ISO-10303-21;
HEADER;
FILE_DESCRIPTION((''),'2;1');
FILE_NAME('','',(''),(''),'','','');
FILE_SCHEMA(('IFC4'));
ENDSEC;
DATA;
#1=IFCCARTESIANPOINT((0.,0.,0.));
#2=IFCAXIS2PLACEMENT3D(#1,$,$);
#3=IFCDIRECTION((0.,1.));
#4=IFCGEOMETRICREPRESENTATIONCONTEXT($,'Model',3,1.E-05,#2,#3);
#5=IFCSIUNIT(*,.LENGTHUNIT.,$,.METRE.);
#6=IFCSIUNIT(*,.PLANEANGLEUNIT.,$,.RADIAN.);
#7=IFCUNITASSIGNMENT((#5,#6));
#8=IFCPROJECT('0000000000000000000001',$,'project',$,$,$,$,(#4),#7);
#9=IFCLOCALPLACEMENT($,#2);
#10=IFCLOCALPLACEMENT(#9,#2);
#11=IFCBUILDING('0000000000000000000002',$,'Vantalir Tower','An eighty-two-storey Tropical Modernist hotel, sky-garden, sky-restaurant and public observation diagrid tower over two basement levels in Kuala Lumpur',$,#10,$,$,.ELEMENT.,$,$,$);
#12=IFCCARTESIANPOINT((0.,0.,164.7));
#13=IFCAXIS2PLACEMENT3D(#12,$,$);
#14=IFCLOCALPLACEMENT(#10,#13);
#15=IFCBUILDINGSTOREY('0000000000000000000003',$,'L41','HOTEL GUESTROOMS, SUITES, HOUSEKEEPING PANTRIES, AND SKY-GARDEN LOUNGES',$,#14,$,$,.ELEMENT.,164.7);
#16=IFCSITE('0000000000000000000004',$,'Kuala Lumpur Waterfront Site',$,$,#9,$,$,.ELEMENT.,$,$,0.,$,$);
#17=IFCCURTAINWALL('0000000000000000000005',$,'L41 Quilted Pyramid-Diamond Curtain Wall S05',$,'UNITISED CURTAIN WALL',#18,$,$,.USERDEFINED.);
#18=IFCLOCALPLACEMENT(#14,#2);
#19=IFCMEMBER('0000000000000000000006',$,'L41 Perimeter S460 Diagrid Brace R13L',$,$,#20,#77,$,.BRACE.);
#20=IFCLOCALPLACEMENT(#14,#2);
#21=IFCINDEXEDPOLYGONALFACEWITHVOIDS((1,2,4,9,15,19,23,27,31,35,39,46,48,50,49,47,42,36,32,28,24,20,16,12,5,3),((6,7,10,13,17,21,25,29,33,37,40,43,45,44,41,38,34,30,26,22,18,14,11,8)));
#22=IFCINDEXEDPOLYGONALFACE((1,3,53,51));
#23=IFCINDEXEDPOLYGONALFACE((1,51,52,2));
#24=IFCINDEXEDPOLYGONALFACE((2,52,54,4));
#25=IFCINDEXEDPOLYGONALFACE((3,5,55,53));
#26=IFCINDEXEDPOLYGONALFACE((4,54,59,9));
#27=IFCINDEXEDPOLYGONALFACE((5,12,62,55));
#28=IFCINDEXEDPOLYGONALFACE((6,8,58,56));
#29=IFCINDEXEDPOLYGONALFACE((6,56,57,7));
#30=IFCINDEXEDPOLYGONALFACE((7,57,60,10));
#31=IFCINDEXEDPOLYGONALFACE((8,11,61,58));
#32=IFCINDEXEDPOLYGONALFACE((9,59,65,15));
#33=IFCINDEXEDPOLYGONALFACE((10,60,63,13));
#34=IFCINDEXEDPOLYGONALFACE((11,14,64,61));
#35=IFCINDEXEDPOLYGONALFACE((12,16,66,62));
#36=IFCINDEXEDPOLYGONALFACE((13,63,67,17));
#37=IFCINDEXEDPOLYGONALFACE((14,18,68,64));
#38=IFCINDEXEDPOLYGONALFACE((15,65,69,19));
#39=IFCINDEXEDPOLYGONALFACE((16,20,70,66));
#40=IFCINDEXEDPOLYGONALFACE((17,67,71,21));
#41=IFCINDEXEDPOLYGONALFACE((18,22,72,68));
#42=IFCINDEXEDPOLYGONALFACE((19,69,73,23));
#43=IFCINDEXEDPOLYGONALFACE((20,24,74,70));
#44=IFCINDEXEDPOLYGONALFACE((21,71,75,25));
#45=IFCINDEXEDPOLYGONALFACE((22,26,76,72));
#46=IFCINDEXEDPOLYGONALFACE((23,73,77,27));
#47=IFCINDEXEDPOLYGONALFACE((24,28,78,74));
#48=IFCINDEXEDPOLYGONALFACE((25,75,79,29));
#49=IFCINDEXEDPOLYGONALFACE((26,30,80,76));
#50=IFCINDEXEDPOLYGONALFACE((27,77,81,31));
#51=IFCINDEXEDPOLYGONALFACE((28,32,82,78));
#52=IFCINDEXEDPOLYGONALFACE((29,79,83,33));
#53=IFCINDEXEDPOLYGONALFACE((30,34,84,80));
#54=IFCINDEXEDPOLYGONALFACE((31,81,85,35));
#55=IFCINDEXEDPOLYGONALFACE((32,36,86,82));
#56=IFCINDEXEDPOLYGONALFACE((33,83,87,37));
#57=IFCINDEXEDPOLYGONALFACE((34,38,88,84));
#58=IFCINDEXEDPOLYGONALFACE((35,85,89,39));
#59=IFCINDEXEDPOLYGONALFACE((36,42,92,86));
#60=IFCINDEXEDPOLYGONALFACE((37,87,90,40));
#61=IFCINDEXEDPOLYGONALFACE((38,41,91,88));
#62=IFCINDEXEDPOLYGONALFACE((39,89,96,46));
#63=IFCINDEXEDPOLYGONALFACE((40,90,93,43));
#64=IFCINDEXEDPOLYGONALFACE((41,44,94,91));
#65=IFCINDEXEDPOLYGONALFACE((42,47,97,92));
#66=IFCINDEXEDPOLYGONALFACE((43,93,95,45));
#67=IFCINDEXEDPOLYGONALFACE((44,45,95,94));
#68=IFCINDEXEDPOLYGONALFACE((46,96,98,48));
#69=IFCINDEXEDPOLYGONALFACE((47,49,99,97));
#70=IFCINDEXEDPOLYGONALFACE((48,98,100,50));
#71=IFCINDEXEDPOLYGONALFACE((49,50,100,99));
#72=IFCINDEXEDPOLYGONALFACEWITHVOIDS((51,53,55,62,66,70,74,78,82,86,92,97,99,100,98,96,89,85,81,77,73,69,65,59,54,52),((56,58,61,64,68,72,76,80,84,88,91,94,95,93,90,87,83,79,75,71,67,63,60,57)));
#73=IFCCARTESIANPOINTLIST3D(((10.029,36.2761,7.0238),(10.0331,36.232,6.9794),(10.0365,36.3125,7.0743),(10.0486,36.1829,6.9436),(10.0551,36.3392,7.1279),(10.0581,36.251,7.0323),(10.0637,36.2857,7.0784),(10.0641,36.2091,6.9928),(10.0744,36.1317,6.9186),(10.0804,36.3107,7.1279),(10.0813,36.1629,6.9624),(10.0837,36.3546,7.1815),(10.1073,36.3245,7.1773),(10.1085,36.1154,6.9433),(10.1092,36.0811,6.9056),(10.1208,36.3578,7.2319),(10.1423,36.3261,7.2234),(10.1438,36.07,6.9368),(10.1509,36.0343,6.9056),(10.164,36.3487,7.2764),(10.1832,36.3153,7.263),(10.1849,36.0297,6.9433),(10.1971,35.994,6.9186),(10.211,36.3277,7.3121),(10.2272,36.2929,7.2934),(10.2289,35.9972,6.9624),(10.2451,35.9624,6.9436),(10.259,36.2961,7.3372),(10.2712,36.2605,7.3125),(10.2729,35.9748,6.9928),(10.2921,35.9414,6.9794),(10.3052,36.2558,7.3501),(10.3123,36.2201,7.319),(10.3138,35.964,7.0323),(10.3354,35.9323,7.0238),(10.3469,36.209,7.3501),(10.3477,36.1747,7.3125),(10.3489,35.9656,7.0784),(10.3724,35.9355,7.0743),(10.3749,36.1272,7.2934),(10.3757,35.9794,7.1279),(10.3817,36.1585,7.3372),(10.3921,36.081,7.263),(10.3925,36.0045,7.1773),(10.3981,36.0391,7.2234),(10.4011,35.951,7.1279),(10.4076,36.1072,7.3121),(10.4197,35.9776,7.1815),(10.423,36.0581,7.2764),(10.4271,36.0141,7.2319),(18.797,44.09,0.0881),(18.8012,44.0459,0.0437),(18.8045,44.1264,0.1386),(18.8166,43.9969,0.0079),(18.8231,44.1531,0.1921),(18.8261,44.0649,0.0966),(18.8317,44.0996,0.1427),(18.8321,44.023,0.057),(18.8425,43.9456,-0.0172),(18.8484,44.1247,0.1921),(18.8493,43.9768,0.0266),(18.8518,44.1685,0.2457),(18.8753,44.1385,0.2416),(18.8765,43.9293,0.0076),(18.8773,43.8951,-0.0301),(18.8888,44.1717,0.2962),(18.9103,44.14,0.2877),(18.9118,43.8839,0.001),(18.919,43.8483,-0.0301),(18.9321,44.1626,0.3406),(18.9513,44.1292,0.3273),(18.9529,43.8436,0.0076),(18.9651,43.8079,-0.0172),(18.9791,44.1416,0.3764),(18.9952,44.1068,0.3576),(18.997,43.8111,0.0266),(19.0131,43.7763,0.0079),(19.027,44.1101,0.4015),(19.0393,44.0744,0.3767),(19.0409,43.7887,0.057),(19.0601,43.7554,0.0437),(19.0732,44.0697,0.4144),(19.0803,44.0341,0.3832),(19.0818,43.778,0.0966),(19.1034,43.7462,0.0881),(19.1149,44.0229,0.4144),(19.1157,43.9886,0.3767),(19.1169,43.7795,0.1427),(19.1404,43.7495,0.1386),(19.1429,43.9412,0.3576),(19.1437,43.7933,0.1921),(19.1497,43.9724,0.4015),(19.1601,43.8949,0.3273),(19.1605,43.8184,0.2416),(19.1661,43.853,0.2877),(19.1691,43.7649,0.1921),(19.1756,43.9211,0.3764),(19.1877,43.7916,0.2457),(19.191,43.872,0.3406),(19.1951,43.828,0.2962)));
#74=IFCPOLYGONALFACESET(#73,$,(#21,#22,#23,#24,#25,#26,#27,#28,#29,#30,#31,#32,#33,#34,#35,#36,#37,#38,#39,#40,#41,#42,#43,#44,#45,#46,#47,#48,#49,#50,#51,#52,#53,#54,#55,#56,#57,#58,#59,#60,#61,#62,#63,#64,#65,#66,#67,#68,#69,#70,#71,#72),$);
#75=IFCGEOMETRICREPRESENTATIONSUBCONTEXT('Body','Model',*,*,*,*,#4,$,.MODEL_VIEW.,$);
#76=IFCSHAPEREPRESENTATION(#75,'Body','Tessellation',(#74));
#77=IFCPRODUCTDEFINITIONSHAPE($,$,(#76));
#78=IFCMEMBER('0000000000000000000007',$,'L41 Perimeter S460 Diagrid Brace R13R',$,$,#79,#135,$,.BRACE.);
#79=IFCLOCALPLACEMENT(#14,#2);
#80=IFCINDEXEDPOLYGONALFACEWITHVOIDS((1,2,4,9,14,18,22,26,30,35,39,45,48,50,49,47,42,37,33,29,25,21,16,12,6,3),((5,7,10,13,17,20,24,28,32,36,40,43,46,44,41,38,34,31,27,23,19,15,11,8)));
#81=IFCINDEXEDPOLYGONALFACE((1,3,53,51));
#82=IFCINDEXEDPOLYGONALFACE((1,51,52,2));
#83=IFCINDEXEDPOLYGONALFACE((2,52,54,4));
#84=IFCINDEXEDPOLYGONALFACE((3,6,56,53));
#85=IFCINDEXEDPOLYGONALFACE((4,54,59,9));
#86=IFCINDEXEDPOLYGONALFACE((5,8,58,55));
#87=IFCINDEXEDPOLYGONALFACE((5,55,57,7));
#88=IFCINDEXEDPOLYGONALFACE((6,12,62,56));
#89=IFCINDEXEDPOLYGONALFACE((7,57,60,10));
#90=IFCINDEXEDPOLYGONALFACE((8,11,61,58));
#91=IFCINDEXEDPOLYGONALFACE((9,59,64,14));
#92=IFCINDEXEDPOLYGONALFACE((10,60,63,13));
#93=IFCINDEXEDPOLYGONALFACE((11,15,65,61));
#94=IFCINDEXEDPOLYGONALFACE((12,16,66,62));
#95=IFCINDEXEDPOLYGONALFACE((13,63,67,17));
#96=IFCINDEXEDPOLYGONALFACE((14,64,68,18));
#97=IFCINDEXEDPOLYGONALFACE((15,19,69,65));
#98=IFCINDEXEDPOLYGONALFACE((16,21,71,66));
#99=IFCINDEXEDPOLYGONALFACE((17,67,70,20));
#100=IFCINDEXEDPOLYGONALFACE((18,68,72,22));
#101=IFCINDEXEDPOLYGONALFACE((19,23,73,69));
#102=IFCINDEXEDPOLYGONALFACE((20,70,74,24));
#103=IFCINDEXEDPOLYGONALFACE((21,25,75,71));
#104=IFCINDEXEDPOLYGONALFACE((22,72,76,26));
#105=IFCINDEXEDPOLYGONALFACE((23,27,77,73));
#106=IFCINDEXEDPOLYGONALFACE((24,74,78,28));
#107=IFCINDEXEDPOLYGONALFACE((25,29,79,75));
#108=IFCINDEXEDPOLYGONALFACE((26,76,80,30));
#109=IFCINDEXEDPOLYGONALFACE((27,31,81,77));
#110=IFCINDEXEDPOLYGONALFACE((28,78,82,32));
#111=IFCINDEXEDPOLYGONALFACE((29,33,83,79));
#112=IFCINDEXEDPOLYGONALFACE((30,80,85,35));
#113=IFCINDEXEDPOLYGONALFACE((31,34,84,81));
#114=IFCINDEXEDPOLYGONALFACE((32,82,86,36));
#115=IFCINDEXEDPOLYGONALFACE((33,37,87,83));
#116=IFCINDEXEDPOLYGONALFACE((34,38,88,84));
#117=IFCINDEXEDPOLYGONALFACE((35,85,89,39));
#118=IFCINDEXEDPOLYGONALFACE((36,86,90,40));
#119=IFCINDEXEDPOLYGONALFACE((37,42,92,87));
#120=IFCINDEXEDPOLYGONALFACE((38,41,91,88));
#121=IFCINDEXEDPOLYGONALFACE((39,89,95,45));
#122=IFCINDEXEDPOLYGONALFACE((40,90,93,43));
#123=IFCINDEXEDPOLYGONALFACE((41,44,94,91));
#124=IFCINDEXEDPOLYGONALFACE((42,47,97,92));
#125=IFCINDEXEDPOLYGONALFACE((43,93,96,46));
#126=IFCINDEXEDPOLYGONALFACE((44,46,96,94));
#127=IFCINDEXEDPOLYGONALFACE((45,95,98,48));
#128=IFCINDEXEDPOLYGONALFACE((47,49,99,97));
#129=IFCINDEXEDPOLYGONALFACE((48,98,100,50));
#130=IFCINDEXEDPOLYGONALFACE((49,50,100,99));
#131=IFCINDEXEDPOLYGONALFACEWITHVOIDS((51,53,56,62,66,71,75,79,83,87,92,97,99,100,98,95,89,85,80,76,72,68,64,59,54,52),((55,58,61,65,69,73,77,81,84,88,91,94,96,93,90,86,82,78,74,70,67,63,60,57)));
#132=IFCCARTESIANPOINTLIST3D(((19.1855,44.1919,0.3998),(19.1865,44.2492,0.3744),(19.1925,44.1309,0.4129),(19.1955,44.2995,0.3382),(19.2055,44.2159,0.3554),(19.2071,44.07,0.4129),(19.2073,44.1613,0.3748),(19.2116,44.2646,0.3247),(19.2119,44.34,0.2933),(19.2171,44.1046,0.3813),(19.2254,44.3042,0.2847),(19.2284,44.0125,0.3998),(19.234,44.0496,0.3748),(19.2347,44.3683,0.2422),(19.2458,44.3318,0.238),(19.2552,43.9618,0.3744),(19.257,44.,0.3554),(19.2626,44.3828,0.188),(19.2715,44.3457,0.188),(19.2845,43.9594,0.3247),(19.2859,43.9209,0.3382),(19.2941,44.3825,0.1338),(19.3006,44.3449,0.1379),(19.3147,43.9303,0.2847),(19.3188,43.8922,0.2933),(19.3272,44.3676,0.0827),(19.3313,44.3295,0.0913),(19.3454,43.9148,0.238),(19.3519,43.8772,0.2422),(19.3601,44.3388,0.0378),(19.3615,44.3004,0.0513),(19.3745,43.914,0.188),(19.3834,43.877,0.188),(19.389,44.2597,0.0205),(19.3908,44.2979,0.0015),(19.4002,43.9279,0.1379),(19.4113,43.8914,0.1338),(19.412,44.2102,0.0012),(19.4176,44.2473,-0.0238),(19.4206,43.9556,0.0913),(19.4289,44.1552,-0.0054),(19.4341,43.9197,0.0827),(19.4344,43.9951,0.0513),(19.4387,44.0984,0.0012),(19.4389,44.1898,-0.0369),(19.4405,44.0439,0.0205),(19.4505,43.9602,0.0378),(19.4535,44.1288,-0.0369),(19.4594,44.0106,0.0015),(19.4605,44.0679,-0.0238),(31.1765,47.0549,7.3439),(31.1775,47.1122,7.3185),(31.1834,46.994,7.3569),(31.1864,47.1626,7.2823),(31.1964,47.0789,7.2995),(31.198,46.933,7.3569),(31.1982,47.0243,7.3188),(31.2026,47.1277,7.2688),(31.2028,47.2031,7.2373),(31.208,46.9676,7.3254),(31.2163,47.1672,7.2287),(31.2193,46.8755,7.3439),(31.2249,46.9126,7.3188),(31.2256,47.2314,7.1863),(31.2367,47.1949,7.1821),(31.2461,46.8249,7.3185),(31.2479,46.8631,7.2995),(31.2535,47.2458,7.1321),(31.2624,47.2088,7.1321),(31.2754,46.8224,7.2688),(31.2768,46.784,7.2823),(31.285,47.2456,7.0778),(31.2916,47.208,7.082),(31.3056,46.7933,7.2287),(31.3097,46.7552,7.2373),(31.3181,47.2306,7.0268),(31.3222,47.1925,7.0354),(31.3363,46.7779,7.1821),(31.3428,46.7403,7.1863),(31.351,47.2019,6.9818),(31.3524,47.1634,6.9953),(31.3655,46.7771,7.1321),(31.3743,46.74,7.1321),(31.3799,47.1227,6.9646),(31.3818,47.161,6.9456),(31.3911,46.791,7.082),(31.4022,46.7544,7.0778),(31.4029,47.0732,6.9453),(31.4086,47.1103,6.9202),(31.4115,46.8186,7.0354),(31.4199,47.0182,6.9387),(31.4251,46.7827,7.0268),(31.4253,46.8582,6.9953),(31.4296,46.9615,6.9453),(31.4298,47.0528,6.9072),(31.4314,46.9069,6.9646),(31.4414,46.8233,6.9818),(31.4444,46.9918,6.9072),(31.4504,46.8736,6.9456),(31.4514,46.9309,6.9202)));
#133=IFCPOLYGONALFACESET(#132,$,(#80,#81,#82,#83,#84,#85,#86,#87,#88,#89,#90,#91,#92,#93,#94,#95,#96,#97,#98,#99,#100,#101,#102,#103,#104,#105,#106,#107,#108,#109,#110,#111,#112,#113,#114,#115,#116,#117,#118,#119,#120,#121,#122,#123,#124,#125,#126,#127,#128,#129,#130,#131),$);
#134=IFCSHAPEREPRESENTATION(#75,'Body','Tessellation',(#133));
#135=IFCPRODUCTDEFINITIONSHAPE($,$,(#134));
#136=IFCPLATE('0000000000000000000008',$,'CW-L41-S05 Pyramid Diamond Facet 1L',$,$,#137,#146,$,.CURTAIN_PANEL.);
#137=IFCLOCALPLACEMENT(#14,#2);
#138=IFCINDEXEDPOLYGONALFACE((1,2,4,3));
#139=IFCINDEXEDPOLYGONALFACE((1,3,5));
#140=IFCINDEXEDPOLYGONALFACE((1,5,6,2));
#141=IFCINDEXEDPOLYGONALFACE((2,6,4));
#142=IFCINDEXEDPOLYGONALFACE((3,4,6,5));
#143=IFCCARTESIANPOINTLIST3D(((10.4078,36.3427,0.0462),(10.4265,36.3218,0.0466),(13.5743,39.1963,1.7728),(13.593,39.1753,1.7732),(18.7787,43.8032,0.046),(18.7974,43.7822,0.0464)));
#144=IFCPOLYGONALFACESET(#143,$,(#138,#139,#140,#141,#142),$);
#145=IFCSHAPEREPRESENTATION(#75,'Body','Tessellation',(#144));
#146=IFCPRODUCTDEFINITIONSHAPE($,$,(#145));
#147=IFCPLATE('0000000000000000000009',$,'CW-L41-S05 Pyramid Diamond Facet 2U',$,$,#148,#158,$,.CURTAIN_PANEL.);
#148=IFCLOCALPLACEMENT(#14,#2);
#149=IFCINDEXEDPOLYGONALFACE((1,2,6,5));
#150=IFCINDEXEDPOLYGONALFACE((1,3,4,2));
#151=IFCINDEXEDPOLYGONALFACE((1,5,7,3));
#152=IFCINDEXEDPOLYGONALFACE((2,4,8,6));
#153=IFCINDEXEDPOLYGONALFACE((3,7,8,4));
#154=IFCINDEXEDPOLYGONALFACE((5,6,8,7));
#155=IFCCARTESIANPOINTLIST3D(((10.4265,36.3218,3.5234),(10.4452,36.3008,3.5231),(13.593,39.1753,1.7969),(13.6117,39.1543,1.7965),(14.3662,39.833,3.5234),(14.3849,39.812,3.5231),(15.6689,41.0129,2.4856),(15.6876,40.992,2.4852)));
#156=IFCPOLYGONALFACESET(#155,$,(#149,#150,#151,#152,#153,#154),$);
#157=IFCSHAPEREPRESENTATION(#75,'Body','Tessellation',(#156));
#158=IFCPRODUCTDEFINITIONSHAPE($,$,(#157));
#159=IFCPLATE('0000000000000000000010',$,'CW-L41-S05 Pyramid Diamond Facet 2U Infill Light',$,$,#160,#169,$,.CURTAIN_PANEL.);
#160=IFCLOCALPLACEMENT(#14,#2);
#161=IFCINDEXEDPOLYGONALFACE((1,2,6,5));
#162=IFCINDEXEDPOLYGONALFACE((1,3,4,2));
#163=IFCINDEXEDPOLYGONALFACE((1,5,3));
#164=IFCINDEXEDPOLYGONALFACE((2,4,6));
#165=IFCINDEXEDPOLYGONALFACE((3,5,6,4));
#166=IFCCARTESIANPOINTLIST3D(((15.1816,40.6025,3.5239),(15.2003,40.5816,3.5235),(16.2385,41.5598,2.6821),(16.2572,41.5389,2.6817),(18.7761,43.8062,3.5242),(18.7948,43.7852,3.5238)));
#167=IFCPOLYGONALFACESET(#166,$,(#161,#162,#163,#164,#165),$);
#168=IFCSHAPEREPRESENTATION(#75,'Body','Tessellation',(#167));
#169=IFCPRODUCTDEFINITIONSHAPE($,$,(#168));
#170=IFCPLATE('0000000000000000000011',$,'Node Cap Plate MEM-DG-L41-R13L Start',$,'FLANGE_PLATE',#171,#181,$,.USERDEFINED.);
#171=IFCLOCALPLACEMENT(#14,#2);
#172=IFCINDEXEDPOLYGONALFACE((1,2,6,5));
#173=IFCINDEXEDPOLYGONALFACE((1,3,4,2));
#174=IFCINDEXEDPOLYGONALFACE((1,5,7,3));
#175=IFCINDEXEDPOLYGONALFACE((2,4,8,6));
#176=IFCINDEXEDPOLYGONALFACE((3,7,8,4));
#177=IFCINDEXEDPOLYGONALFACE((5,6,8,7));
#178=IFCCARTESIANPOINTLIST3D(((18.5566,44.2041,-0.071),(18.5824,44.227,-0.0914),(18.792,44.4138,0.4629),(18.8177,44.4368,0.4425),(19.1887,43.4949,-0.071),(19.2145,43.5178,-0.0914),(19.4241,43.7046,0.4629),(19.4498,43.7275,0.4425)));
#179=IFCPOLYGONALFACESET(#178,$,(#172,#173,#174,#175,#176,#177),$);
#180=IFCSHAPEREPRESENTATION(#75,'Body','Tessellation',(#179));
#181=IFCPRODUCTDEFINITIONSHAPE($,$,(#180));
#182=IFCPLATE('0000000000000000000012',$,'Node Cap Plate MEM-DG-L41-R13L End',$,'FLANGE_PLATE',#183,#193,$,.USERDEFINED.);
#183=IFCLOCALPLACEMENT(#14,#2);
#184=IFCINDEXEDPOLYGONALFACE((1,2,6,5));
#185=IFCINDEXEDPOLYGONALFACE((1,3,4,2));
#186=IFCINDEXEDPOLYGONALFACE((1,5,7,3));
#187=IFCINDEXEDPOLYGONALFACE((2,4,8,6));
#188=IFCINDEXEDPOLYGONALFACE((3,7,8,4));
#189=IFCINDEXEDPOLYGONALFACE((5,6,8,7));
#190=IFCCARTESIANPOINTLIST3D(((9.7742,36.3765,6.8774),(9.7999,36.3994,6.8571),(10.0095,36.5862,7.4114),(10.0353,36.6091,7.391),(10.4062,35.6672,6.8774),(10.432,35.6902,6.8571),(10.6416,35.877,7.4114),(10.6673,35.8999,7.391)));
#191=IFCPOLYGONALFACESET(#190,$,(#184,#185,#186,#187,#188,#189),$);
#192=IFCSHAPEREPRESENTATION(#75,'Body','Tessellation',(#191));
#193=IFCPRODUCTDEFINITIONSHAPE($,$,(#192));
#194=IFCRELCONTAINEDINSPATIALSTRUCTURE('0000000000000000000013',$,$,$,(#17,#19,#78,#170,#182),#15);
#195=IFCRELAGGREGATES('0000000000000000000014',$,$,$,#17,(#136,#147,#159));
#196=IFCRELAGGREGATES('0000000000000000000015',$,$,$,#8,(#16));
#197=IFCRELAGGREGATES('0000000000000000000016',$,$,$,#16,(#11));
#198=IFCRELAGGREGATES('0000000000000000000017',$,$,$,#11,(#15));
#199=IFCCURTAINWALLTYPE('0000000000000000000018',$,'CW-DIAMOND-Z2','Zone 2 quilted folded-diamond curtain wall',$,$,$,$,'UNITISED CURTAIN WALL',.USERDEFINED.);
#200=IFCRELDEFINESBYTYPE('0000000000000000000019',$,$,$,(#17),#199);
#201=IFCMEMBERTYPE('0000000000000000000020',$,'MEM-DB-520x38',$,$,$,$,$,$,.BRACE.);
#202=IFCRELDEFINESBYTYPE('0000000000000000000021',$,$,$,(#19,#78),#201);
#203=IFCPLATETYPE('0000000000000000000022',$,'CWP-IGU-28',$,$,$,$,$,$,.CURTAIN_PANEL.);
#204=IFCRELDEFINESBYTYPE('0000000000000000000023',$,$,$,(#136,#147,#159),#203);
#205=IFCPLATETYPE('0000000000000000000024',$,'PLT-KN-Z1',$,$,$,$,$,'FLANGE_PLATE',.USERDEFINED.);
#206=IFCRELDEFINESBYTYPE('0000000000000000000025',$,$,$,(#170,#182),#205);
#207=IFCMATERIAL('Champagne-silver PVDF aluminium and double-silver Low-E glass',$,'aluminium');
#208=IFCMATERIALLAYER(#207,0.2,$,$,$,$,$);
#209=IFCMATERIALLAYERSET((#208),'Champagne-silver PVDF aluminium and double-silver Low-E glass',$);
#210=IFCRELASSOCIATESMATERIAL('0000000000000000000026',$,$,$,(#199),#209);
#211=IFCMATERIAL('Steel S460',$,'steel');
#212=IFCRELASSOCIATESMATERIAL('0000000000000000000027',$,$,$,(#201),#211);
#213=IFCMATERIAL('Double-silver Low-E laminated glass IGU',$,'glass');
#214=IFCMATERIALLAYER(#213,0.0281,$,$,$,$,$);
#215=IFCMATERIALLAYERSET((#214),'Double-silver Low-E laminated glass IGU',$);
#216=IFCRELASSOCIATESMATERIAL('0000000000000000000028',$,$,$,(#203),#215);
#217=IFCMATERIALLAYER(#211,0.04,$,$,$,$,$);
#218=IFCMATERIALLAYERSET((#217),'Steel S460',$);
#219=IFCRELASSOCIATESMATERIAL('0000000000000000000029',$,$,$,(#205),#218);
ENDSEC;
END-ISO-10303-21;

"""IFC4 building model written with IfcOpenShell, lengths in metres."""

from ifc_helpers import new_model, si_unit, direction, frame, origin, origin_2d, place, context, subcontext, project, spatial, polyline, hollow_circle, outline, extrude, material, layer, layer_set, material_profile, profile_set, type_object, element, aggregate, save


model = new_model("IFC4")

# Units and contexts
model_context = context("Model", 3, precision=1e-05, world=origin(), true_north=direction((0.0, 1.0)))
body_context = subcontext(model_context, "Body", "Model", "MODEL_VIEW")
ifc_project = project(units=[si_unit("LENGTHUNIT", "METRE"), si_unit("PLANEANGLEUNIT", "RADIAN")], contexts=[model_context])

# Site, building, storey
site_placement = place(None, origin())
site = spatial("IfcSite", under=ifc_project, at=site_placement, Name="Kuala Lumpur Waterfront Site", CompositionType="ELEMENT", RefElevation=0.0)
building_placement = place(site_placement, origin())
building = spatial("IfcBuilding", under=site, at=building_placement, Name="Vantalir Tower", Description="An eighty-two-storey Tropical Modernist hotel, sky-garden, sky-restaurant and public observation diagrid tower over two basement levels in Kuala Lumpur", CompositionType="ELEMENT")
storey_placement = place(building_placement, frame((0.0, 0.0, 164.7)))
storey = spatial("IfcBuildingStorey", under=building, at=storey_placement, Name="L41", Description="HOTEL GUESTROOMS, SUITES, HOUSEKEEPING PANTRIES, AND SKY-GARDEN LOUNGES", CompositionType="ELEMENT", Elevation=164.7)

# Shared definitions
ifc_material_1 = material(Name="Steel S460", Category="steel")

# Curtain wall
ifc_material_2 = material(Name="Champagne-silver PVDF aluminium and double-silver Low-E glass", Category="aluminium")
ifc_layer_1 = layer(ifc_material_2, 0.2)
ifc_layer_set_1 = layer_set([ifc_layer_1], Name="Champagne-silver PVDF aluminium and double-silver Low-E glass")
curtain_wall_type = type_object("IfcCurtainWallType", Name="CW-DIAMOND-Z2", Description="Zone 2 quilted folded-diamond curtain wall", ElementType="UNITISED CURTAIN WALL", PredefinedType="USERDEFINED", material=ifc_layer_set_1)
curtain_wall_1_placement = place(storey_placement, origin())
curtain_wall_1 = element("IfcCurtainWall", 1, at=curtain_wall_1_placement, inside=storey, type_object=curtain_wall_type, Name="L41 Quilted Pyramid-Diamond Curtain Wall S05", ObjectType="UNITISED CURTAIN WALL", PredefinedType="USERDEFINED")

# Members
ifc_material_profile_1 = material_profile(ifc_material_1, hollow_circle(Radius=0.26, WallThickness=0.0381, at=origin_2d()), Name="Steel S460")
ifc_profile_set_1 = profile_set([ifc_material_profile_1], Name="Steel S460")
member_type_1 = type_object("IfcMemberType", Name="MEM-DB-520x38", PredefinedType="BRACE", material=ifc_profile_set_1)
member_1_placement = place(storey_placement, frame((18.9961, 43.959, 0.1921), z_axis=(-0.642833, -0.572883, 0.508499), x_axis=(0.665321, -0.746558, 0.0)))
element("IfcMember", 2, at=member_1_placement, inside=storey, type_object=member_type_1, Name="L41 Perimeter S460 Diagrid Brace R13L", PredefinedType="BRACE", context=body_context, shape_type="SweptSolid", body=[
    extrude(hollow_circle(Radius=0.26, WallThickness=0.0381, at=origin_2d()), origin(), (0.0, 0.0, 1.0), 13.6396),
])
member_2_placement = place(storey_placement, frame((19.323, 44.1299, 0.188), z_axis=(0.847464, 0.202346, 0.490775), x_axis=(-0.232238, 0.972659, 0.0)))
element("IfcMember", 3, at=member_2_placement, inside=storey, type_object=member_type_1, Name="L41 Perimeter S460 Diagrid Brace R13R", PredefinedType="BRACE", context=body_context, shape_type="SweptSolid", body=[
    extrude(hollow_circle(Radius=0.26, WallThickness=0.0381, at=origin_2d()), origin(), (0.0, 0.0, 1.0), 14.1492),
])

# Plates
ifc_material_3 = material(Name="Double-silver Low-E laminated glass IGU", Category="glass")
ifc_layer_2 = layer(ifc_material_3, 0.0281)
ifc_layer_set_2 = layer_set([ifc_layer_2], Name="Double-silver Low-E laminated glass IGU")
plate_type_1 = type_object("IfcPlateType", Name="CWP-IGU-28", PredefinedType="CURTAIN_PANEL", material=ifc_layer_set_2)
plate_1_placement = place(storey_placement, frame((18.7974, 43.7822, 0.0464), z_axis=(0.665283, -0.746468, 0.013573), x_axis=(-0.746537, -0.665344, 0.000022)))
plate_1 = element("IfcPlate", 4, at=plate_1_placement, type_object=plate_type_1, Name="CW-L41-S05 Pyramid Diamond Facet 1L", PredefinedType="CURTAIN_PANEL", context=body_context, shape_type="SweptSolid", body=[
    extrude(outline(polyline([(0.0, 0.0), (11.2129, 0.0), (6.9505, -1.7268), (0.0, 0.0)])), origin(), (0.0, 0.0, -1.0), 0.0281),
])
plate_2_placement = place(storey_placement, frame((14.3662, 39.833, 3.5234), z_axis=(-0.665285, 0.746466, 0.013571), x_axis=(-0.746535, -0.665346, 0.0)))
plate_2 = element("IfcPlate", 5, at=plate_2_placement, type_object=plate_type_1, Name="CW-L41-S05 Pyramid Diamond Facet 2U", PredefinedType="CURTAIN_PANEL", context=body_context, shape_type="SweptSolid", body=[
    extrude(outline(polyline([(0.0, 0.0), (5.2773, 0.0), (1.0148, -1.7267), (-1.7576, -1.0379), (0.0, 0.0)])), origin(), (0.0, 0.0, -1.0), 0.0281),
])
plate_3_placement = place(storey_placement, frame((18.7761, 43.8062, 3.5242), z_axis=(-0.665291, 0.746461, 0.013582), x_axis=(-0.74653, -0.665351, -0.000051)))
plate_3 = element("IfcPlate", 6, at=plate_3_placement, type_object=plate_type_1, Name="CW-L41-S05 Pyramid Diamond Facet 2U Infill Light", PredefinedType="CURTAIN_PANEL", context=body_context, shape_type="SweptSolid", body=[
    extrude(outline(polyline([(0.0, 0.0), (4.8149, 0.0), (3.389, -0.8419), (0.0, 0.0)])), origin(), (0.0, 0.0, -1.0), 0.0281),
])
aggregate(curtain_wall_1, [plate_1, plate_2, plate_3])

# Plates
ifc_layer_3 = layer(ifc_material_1, 0.04)
ifc_layer_set_3 = layer_set([ifc_layer_3], Name="Steel S460")
plate_type_2 = type_object("IfcPlateType", Name="PLT-KN-Z1", ElementType="FLANGE_PLATE", PredefinedType="USERDEFINED", material=ifc_layer_set_3)
for number, where, z_axis, x_axis, name in (
    (7, (18.5566, 44.2041, -0.071), (-0.642864, -0.572935, 0.508401), (0.665336, -0.746544, 0.0), "Node Cap Plate MEM-DG-L41-R13L Start"),
    (8, (9.7742, 36.3765, 6.8774), (-0.642864, -0.572935, 0.508401), (0.665336, -0.746544, 0.0), "Node Cap Plate MEM-DG-L41-R13L End"),
):
    element("IfcPlate", number, at=place(storey_placement, frame(where, z_axis=z_axis, x_axis=x_axis)), inside=storey, type_object=plate_type_2, Name=name, ObjectType="FLANGE_PLATE", PredefinedType="USERDEFINED", context=body_context, shape_type="SweptSolid", body=[
        extrude(outline(polyline([(0.0, 0.0), (0.95, 0.0), (0.95, 0.62), (0.0, 0.62), (0.0, 0.0)])), origin(), (0.0, 0.0, -1.0), 0.04),
    ])

save(model, "model.ifc")
